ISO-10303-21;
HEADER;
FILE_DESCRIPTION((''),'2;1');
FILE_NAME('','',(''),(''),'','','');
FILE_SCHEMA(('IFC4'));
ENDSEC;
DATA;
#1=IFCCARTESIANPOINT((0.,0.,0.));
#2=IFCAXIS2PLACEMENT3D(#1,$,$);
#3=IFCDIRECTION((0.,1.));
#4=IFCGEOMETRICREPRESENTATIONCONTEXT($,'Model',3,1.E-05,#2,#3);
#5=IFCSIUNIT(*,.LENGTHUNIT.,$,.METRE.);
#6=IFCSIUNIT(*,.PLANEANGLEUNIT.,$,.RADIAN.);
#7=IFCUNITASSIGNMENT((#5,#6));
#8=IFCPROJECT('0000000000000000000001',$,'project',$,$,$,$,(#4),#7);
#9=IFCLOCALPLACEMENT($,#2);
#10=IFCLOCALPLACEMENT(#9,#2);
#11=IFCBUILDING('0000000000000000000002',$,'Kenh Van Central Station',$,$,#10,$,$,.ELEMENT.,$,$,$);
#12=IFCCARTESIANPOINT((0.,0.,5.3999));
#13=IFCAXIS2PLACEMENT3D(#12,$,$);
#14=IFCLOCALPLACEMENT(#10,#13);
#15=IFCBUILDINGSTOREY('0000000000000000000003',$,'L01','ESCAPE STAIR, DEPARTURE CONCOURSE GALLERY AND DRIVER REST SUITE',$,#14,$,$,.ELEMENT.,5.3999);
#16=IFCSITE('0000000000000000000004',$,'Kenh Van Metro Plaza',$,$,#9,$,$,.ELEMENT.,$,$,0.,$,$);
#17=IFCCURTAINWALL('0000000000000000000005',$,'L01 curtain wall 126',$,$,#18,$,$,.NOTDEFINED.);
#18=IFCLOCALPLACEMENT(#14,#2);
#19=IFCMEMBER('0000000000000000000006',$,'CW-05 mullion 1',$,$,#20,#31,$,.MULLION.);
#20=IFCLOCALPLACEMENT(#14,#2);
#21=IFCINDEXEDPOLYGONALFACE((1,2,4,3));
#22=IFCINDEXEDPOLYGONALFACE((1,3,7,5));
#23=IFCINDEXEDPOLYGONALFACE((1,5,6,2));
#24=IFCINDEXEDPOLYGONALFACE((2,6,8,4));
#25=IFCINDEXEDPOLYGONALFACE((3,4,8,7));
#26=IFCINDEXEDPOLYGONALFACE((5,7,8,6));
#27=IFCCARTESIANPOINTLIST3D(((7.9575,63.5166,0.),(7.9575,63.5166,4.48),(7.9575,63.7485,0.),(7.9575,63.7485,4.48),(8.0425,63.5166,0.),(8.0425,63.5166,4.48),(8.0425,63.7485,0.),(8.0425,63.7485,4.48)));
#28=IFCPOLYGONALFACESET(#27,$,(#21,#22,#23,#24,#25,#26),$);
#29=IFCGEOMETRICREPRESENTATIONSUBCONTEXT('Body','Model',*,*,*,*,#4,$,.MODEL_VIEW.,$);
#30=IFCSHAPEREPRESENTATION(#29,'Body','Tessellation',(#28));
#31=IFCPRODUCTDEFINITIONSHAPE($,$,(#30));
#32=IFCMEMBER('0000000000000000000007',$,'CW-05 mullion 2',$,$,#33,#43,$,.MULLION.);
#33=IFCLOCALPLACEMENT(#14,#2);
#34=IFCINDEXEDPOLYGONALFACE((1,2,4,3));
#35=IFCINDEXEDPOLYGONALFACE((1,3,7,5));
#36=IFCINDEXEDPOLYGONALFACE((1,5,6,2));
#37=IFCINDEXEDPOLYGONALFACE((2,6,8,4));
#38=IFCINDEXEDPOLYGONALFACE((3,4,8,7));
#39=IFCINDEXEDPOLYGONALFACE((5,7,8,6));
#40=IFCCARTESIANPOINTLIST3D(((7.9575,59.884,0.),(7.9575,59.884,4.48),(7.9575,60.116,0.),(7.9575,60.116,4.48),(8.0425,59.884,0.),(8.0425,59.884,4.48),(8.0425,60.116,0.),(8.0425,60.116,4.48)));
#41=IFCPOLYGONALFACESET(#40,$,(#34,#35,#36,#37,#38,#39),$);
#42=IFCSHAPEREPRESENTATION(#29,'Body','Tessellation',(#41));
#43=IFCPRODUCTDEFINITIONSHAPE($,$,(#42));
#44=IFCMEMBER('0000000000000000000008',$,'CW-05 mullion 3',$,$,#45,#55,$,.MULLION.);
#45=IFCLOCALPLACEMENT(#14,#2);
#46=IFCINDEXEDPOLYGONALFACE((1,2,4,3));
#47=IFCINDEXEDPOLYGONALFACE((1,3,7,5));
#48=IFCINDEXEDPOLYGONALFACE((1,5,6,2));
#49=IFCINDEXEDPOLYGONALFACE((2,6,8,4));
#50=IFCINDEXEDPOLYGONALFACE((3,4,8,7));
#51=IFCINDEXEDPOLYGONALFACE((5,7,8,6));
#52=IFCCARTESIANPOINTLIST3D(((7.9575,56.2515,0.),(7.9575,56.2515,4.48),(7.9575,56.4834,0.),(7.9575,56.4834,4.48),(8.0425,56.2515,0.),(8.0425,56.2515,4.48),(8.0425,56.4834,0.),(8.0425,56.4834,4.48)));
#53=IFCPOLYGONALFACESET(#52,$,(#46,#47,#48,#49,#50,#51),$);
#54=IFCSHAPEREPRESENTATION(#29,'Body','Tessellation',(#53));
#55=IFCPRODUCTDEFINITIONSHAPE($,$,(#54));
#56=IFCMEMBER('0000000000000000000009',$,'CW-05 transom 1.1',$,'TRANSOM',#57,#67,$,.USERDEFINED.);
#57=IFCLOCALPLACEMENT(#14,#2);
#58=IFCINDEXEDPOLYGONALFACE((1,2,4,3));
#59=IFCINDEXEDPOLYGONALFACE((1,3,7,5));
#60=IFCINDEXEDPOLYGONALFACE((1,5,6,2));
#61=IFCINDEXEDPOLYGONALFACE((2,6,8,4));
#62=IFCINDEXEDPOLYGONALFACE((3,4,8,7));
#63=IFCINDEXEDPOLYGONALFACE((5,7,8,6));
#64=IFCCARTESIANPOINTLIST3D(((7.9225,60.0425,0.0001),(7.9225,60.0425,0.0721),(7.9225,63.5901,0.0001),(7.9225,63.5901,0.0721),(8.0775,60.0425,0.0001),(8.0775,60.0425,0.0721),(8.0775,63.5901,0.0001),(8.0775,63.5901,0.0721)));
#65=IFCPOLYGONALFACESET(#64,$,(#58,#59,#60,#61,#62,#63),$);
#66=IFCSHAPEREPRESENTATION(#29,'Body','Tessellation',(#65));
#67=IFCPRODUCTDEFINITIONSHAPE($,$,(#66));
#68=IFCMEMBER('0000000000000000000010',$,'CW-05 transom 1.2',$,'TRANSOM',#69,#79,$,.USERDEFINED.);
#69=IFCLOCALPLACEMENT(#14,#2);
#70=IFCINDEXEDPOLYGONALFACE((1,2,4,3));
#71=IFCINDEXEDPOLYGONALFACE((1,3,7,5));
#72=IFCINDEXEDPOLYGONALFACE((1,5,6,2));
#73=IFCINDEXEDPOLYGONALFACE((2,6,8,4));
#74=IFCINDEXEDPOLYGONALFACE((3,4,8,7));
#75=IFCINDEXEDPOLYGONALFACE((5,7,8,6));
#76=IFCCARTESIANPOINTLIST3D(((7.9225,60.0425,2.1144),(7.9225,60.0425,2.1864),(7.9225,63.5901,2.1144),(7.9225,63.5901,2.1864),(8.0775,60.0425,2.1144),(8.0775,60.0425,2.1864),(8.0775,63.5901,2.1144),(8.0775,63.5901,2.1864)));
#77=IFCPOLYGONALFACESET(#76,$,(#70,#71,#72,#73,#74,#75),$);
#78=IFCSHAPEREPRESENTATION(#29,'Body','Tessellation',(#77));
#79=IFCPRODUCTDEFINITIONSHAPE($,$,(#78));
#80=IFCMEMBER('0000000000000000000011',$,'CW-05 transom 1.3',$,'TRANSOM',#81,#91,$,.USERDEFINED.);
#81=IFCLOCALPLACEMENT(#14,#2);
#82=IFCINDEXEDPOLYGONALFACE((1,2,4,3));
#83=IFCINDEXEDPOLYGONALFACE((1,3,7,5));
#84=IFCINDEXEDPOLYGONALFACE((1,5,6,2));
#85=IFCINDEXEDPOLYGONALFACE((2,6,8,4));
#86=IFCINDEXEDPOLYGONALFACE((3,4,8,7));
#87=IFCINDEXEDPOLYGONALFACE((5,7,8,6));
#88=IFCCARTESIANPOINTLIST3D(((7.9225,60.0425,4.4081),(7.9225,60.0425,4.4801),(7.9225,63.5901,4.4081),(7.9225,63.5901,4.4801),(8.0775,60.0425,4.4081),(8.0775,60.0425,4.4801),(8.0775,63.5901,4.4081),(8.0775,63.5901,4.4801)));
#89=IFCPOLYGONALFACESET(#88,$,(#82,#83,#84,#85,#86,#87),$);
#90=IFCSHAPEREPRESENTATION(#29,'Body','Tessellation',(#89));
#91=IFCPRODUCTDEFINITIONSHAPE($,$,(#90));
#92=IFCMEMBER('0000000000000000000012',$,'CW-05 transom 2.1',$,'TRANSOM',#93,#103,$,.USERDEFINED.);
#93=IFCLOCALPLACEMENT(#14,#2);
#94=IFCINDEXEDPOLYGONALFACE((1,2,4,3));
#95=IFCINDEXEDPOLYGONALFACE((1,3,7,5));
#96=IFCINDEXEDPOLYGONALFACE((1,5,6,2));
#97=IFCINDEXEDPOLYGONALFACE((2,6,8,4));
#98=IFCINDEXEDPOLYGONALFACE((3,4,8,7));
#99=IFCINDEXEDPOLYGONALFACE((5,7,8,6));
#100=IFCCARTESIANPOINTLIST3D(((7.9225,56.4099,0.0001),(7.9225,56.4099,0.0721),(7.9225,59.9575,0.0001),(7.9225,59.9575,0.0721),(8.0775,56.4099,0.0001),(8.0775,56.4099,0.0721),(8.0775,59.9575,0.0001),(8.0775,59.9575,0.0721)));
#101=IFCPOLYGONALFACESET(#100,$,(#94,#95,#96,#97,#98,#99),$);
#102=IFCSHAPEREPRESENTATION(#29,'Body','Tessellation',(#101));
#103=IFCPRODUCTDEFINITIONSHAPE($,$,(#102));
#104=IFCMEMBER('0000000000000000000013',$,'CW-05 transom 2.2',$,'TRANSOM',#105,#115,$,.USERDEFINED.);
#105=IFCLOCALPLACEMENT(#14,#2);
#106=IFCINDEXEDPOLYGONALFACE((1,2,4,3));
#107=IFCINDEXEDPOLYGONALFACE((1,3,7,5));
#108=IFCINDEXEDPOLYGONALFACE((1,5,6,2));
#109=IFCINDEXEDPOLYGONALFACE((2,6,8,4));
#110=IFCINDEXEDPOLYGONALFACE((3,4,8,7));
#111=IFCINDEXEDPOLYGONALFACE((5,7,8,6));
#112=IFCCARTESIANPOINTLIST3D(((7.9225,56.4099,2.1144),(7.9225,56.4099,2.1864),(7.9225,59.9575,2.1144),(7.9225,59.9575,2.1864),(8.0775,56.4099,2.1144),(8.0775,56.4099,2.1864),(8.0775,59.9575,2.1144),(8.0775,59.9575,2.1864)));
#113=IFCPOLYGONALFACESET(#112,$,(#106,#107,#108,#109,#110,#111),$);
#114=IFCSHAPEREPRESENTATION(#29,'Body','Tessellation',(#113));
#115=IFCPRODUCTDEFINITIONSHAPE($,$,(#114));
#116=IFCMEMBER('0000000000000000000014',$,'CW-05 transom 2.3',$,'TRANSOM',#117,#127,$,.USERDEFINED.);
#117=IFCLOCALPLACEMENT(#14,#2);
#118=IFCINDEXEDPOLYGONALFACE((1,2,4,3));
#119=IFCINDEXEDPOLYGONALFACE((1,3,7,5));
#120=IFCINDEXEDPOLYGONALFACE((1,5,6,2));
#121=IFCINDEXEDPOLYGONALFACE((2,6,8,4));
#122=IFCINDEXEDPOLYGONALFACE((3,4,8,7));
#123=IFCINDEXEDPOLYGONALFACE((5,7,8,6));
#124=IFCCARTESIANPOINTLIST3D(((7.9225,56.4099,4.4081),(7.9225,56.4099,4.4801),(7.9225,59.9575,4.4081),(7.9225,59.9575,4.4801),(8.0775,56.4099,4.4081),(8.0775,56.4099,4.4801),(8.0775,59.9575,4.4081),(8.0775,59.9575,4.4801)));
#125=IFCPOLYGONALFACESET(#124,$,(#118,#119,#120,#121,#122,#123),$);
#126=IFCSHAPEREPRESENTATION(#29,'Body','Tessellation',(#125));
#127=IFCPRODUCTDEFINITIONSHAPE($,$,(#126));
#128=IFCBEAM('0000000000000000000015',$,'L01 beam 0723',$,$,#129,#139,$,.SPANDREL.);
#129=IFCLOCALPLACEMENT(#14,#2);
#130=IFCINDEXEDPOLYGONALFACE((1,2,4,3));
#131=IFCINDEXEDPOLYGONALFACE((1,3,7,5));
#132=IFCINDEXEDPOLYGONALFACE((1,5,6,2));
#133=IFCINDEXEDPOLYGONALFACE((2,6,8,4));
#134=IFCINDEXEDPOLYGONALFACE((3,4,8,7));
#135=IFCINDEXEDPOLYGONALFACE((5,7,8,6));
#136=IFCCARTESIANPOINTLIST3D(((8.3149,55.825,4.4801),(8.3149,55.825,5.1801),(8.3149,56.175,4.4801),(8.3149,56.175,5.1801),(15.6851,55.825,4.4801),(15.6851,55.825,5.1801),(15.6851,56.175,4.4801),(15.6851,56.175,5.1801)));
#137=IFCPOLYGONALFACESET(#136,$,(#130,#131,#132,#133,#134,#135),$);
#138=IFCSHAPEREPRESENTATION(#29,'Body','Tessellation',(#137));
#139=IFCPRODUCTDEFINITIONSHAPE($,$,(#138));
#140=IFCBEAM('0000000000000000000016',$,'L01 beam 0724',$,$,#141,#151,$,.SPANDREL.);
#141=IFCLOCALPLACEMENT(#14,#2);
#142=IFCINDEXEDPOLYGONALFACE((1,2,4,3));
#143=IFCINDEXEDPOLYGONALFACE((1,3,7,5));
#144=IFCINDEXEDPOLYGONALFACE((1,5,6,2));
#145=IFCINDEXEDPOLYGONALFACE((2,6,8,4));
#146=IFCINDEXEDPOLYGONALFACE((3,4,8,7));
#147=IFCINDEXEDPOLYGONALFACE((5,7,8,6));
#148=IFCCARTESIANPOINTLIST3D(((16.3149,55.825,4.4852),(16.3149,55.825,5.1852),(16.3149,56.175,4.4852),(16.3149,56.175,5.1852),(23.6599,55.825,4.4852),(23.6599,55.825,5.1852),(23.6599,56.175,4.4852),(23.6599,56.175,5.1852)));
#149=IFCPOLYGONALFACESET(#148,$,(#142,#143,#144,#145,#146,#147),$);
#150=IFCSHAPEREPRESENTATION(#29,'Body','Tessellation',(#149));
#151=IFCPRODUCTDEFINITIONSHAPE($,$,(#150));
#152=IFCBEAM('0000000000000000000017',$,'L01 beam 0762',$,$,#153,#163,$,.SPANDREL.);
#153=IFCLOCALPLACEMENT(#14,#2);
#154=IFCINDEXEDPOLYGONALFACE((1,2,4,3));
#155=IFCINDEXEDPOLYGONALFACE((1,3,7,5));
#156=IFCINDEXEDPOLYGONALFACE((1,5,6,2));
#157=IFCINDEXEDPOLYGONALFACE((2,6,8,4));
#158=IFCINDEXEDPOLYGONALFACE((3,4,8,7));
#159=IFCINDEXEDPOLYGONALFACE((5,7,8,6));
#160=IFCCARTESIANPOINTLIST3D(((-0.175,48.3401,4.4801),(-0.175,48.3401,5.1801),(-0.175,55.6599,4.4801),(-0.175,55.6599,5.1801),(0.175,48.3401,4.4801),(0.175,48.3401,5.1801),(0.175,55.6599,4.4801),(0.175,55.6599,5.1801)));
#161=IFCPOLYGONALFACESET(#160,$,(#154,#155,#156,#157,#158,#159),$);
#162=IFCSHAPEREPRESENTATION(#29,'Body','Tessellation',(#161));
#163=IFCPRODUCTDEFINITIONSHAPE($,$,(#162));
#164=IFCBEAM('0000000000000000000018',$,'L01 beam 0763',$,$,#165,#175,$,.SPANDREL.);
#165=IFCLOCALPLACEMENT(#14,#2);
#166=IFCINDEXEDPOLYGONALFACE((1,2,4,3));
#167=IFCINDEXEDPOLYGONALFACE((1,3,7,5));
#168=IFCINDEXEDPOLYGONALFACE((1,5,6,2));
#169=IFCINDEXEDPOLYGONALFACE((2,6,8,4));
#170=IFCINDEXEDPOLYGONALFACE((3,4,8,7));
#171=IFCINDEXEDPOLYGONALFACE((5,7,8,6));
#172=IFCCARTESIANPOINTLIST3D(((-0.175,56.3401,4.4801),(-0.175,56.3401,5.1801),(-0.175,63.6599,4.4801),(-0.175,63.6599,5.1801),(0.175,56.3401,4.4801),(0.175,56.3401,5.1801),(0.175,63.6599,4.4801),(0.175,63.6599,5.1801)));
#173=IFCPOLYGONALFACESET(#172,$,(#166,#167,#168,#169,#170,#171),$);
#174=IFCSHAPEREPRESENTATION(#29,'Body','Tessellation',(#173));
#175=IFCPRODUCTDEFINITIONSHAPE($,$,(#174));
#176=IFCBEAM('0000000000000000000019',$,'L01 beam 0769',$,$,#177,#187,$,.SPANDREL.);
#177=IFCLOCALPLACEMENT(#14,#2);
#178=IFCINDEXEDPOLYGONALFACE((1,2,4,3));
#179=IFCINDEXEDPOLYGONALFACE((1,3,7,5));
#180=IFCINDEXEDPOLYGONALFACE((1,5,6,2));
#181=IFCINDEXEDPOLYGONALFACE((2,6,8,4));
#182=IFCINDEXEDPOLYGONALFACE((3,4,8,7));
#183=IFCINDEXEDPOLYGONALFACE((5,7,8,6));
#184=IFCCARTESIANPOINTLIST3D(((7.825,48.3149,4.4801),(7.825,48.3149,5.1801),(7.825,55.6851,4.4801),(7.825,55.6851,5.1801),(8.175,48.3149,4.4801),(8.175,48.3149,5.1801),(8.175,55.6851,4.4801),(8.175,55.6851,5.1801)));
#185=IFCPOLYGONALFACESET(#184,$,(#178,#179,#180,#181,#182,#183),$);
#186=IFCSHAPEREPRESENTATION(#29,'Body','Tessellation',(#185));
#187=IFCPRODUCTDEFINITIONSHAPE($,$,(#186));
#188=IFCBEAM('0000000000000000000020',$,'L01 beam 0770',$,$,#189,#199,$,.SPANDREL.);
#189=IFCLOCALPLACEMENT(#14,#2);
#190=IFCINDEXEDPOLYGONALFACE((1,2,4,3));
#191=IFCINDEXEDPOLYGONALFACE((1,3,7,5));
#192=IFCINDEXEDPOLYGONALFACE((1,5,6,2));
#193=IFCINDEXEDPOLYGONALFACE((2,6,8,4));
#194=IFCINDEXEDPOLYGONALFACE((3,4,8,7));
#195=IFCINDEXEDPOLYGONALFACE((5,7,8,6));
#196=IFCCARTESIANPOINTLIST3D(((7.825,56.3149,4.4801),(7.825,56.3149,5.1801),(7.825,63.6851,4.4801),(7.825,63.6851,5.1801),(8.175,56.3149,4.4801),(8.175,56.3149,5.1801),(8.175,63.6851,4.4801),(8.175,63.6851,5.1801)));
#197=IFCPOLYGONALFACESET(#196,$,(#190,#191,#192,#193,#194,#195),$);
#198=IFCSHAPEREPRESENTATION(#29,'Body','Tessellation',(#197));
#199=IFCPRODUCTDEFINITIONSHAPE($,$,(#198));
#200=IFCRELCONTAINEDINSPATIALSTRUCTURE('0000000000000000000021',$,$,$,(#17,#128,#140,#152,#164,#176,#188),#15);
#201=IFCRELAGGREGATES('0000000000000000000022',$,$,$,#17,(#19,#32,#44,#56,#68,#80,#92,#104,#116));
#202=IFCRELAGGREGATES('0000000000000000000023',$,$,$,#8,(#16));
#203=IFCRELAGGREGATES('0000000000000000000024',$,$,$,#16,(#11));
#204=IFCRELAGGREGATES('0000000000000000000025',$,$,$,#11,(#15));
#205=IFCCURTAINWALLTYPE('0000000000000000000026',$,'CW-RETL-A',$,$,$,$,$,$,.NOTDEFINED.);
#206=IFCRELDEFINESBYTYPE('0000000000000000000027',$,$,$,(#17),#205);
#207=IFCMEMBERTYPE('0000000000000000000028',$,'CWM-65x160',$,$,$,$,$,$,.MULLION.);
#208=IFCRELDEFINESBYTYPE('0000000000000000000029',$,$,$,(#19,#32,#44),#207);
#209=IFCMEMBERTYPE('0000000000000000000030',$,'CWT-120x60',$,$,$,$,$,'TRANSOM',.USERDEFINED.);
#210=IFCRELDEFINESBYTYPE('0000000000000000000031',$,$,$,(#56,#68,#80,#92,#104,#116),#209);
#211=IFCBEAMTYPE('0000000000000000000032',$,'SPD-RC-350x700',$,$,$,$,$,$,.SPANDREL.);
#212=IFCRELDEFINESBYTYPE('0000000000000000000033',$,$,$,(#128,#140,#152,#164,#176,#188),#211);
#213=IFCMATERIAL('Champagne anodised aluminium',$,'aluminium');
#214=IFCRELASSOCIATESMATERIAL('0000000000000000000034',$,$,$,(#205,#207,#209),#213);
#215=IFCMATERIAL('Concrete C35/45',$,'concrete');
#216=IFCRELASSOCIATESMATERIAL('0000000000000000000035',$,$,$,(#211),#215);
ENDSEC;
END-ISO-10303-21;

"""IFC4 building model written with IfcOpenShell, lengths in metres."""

from ifc_helpers import new_model, si_unit, direction, frame, origin, origin_2d, place, context, subcontext, project, spatial, rectangle, extrude, material, material_profile, profile_set, type_object, element, aggregate, save


model = new_model("IFC4")

# Units and contexts
model_context = context("Model", 3, precision=1e-05, world=origin(), true_north=direction((0.0, 1.0)))
body_context = subcontext(model_context, "Body", "Model", "MODEL_VIEW")
ifc_project = project(units=[si_unit("LENGTHUNIT", "METRE"), si_unit("PLANEANGLEUNIT", "RADIAN")], contexts=[model_context])

# Site, building, storey
site_placement = place(None, origin())
site = spatial("IfcSite", under=ifc_project, at=site_placement, Name="Kenh Van Metro Plaza", CompositionType="ELEMENT", RefElevation=0.0)
building_placement = place(site_placement, origin())
building = spatial("IfcBuilding", under=site, at=building_placement, Name="Kenh Van Central Station", CompositionType="ELEMENT")
storey_placement = place(building_placement, frame((0.0, 0.0, 5.3999)))
storey = spatial("IfcBuildingStorey", under=building, at=storey_placement, Name="L01", Description="ESCAPE STAIR, DEPARTURE CONCOURSE GALLERY AND DRIVER REST SUITE", CompositionType="ELEMENT", Elevation=5.3999)

# Shared definitions
ifc_material_1 = material(Name="Concrete C35/45", Category="concrete")

# Curtain wall, members
ifc_material_2 = material(Name="Champagne anodised aluminium", Category="aluminium")
curtain_wall_type = type_object("IfcCurtainWallType", Name="CW-RETL-A", PredefinedType="NOTDEFINED", material=ifc_material_2)
curtain_wall_placement = place(storey_placement, origin())
curtain_wall = element("IfcCurtainWall", 1, at=curtain_wall_placement, inside=storey, type_object=curtain_wall_type, Name="L01 curtain wall 126", PredefinedType="NOTDEFINED")
ifc_material_profile_1 = material_profile(ifc_material_2, rectangle(XDim=0.085, YDim=0.2319, at=origin_2d()), Name="AL 85x232")
ifc_profile_set_1 = profile_set([ifc_material_profile_1], Name="Champagne anodised aluminium")
member_type_1 = type_object("IfcMemberType", Name="CWM-65x160", PredefinedType="MULLION", material=ifc_profile_set_1)
member_1_placement = place(storey_placement, frame((8.0, 63.6326, 0.0), z_axis=(0.0, 0.0, 1.0), x_axis=(1.0, 0.0, 0.0)))
member_1 = element("IfcMember", 2, at=member_1_placement, type_object=member_type_1, Name="CW-05 mullion 1", PredefinedType="MULLION", context=body_context, shape_type="SweptSolid", body=[
    extrude(rectangle(XDim=0.085, YDim=0.2319, at=origin_2d()), origin(), (0.0, 0.0, 1.0), 4.48),
])
member_2_placement = place(storey_placement, frame((8.0, 60.0, 0.0), z_axis=(0.0, 0.0, 1.0), x_axis=(1.0, 0.0, 0.0)))
member_2 = element("IfcMember", 3, at=member_2_placement, type_object=member_type_1, Name="CW-05 mullion 2", PredefinedType="MULLION", context=body_context, shape_type="SweptSolid", body=[
    extrude(rectangle(XDim=0.085, YDim=0.2319, at=origin_2d()), origin(), (0.0, 0.0, 1.0), 4.48),
])
member_3_placement = place(storey_placement, frame((8.0, 56.3674, 0.0), z_axis=(0.0, 0.0, 1.0), x_axis=(1.0, 0.0, 0.0)))
member_3 = element("IfcMember", 4, at=member_3_placement, type_object=member_type_1, Name="CW-05 mullion 3", PredefinedType="MULLION", context=body_context, shape_type="SweptSolid", body=[
    extrude(rectangle(XDim=0.085, YDim=0.2319, at=origin_2d()), origin(), (0.0, 0.0, 1.0), 4.48),
])
ifc_material_profile_2 = material_profile(ifc_material_2, rectangle(XDim=0.155, YDim=0.072, at=origin_2d()), Name="AL 155x72")
ifc_profile_set_2 = profile_set([ifc_material_profile_2], Name="Champagne anodised aluminium")
member_type_2 = type_object("IfcMemberType", Name="CWT-120x60", ElementType="TRANSOM", PredefinedType="USERDEFINED", material=ifc_profile_set_2)
member_4_placement = place(storey_placement, frame((8.0, 63.5901, 0.0361), z_axis=(0.0, -1.0, 0.0), x_axis=(1.0, 0.0, 0.0)))
member_4 = element("IfcMember", 5, at=member_4_placement, type_object=member_type_2, Name="CW-05 transom 1.1", ObjectType="TRANSOM", PredefinedType="USERDEFINED", context=body_context, shape_type="SweptSolid", body=[
    extrude(rectangle(XDim=0.155, YDim=0.072, at=origin_2d()), origin(), (0.0, 0.0, 1.0), 3.5476),
])
member_5_placement = place(storey_placement, frame((8.0, 63.5901, 2.1504), z_axis=(0.0, -1.0, 0.0), x_axis=(1.0, 0.0, 0.0)))
member_5 = element("IfcMember", 6, at=member_5_placement, type_object=member_type_2, Name="CW-05 transom 1.2", ObjectType="TRANSOM", PredefinedType="USERDEFINED", context=body_context, shape_type="SweptSolid", body=[
    extrude(rectangle(XDim=0.155, YDim=0.072, at=origin_2d()), origin(), (0.0, 0.0, 1.0), 3.5476),
])
member_6_placement = place(storey_placement, frame((8.0, 63.5901, 4.4441), z_axis=(0.0, -1.0, 0.0), x_axis=(1.0, 0.0, 0.0)))
member_6 = element("IfcMember", 7, at=member_6_placement, type_object=member_type_2, Name="CW-05 transom 1.3", ObjectType="TRANSOM", PredefinedType="USERDEFINED", context=body_context, shape_type="SweptSolid", body=[
    extrude(rectangle(XDim=0.155, YDim=0.072, at=origin_2d()), origin(), (0.0, 0.0, 1.0), 3.5476),
])
member_7_placement = place(storey_placement, frame((8.0, 59.9575, 0.0361), z_axis=(0.0, -1.0, 0.0), x_axis=(1.0, 0.0, 0.0)))
member_7 = element("IfcMember", 8, at=member_7_placement, type_object=member_type_2, Name="CW-05 transom 2.1", ObjectType="TRANSOM", PredefinedType="USERDEFINED", context=body_context, shape_type="SweptSolid", body=[
    extrude(rectangle(XDim=0.155, YDim=0.072, at=origin_2d()), origin(), (0.0, 0.0, 1.0), 3.5476),
])
member_8_placement = place(storey_placement, frame((8.0, 59.9575, 2.1504), z_axis=(0.0, -1.0, 0.0), x_axis=(1.0, 0.0, 0.0)))
member_8 = element("IfcMember", 9, at=member_8_placement, type_object=member_type_2, Name="CW-05 transom 2.2", ObjectType="TRANSOM", PredefinedType="USERDEFINED", context=body_context, shape_type="SweptSolid", body=[
    extrude(rectangle(XDim=0.155, YDim=0.072, at=origin_2d()), origin(), (0.0, 0.0, 1.0), 3.5476),
])
member_9_placement = place(storey_placement, frame((8.0, 59.9575, 4.4441), z_axis=(0.0, -1.0, 0.0), x_axis=(1.0, 0.0, 0.0)))
member_9 = element("IfcMember", 10, at=member_9_placement, type_object=member_type_2, Name="CW-05 transom 2.3", ObjectType="TRANSOM", PredefinedType="USERDEFINED", context=body_context, shape_type="SweptSolid", body=[
    extrude(rectangle(XDim=0.155, YDim=0.072, at=origin_2d()), origin(), (0.0, 0.0, 1.0), 3.5476),
])

# Beams
ifc_material_profile_3 = material_profile(ifc_material_1, rectangle(XDim=0.3501, YDim=0.7, at=origin_2d()), Name="RC 350x700")
ifc_profile_set_3 = profile_set([ifc_material_profile_3], Name="Concrete C35/45")
beam_type_1 = type_object("IfcBeamType", Name="SPD-RC-350x700", PredefinedType="SPANDREL", material=ifc_profile_set_3)
beam_1_placement = place(storey_placement, frame((8.3149, 56.0, 4.8301), z_axis=(1.0, 0.0, 0.0), x_axis=(0.0, 1.0, 0.0)))
element("IfcBeam", 11, at=beam_1_placement, inside=storey, type_object=beam_type_1, Name="L01 beam 0723", PredefinedType="SPANDREL", context=body_context, shape_type="SweptSolid", body=[
    extrude(rectangle(XDim=0.3501, YDim=0.7, at=origin_2d()), origin(), (0.0, 0.0, 1.0), 7.3701),
])
beam_2_placement = place(storey_placement, frame((16.3149, 56.0, 4.8352), z_axis=(1.0, 0.0, 0.0), x_axis=(0.0, 1.0, 0.0)))
element("IfcBeam", 12, at=beam_2_placement, inside=storey, type_object=beam_type_1, Name="L01 beam 0724", PredefinedType="SPANDREL", context=body_context, shape_type="SweptSolid", body=[
    extrude(rectangle(XDim=0.3501, YDim=0.7, at=origin_2d()), origin(), (0.0, 0.0, 1.0), 7.345),
])
for number, where, z_axis, x_axis, name in (
    (13, (0.0, 48.3401, 4.8301), (0.0, 1.0, 0.0), (-1.0, 0.0, 0.0), "L01 beam 0762"),
    (14, (0.0, 56.3401, 4.8301), (0.0, 1.0, 0.0), (-1.0, 0.0, 0.0), "L01 beam 0763"),
):
    element("IfcBeam", number, at=place(storey_placement, frame(where, z_axis=z_axis, x_axis=x_axis)), inside=storey, type_object=beam_type_1, Name=name, PredefinedType="SPANDREL", context=body_context, shape_type="SweptSolid", body=[
        extrude(rectangle(XDim=0.3501, YDim=0.7, at=origin_2d()), origin(), (0.0, 0.0, 1.0), 7.3198),
    ])
for number, where, z_axis, x_axis, name in (
    (15, (8.0, 48.3149, 4.8301), (0.0, 1.0, 0.0), (-1.0, 0.0, 0.0), "L01 beam 0769"),
    (16, (8.0, 56.3149, 4.8301), (0.0, 1.0, 0.0), (-1.0, 0.0, 0.0), "L01 beam 0770"),
):
    element("IfcBeam", number, at=place(storey_placement, frame(where, z_axis=z_axis, x_axis=x_axis)), inside=storey, type_object=beam_type_1, Name=name, PredefinedType="SPANDREL", context=body_context, shape_type="SweptSolid", body=[
        extrude(rectangle(XDim=0.3501, YDim=0.7, at=origin_2d()), origin(), (0.0, 0.0, 1.0), 7.3701),
    ])

aggregate(curtain_wall, [member_1, member_2, member_3, member_4, member_5, member_6, member_7, member_8, member_9])

save(model, "model.ifc")
